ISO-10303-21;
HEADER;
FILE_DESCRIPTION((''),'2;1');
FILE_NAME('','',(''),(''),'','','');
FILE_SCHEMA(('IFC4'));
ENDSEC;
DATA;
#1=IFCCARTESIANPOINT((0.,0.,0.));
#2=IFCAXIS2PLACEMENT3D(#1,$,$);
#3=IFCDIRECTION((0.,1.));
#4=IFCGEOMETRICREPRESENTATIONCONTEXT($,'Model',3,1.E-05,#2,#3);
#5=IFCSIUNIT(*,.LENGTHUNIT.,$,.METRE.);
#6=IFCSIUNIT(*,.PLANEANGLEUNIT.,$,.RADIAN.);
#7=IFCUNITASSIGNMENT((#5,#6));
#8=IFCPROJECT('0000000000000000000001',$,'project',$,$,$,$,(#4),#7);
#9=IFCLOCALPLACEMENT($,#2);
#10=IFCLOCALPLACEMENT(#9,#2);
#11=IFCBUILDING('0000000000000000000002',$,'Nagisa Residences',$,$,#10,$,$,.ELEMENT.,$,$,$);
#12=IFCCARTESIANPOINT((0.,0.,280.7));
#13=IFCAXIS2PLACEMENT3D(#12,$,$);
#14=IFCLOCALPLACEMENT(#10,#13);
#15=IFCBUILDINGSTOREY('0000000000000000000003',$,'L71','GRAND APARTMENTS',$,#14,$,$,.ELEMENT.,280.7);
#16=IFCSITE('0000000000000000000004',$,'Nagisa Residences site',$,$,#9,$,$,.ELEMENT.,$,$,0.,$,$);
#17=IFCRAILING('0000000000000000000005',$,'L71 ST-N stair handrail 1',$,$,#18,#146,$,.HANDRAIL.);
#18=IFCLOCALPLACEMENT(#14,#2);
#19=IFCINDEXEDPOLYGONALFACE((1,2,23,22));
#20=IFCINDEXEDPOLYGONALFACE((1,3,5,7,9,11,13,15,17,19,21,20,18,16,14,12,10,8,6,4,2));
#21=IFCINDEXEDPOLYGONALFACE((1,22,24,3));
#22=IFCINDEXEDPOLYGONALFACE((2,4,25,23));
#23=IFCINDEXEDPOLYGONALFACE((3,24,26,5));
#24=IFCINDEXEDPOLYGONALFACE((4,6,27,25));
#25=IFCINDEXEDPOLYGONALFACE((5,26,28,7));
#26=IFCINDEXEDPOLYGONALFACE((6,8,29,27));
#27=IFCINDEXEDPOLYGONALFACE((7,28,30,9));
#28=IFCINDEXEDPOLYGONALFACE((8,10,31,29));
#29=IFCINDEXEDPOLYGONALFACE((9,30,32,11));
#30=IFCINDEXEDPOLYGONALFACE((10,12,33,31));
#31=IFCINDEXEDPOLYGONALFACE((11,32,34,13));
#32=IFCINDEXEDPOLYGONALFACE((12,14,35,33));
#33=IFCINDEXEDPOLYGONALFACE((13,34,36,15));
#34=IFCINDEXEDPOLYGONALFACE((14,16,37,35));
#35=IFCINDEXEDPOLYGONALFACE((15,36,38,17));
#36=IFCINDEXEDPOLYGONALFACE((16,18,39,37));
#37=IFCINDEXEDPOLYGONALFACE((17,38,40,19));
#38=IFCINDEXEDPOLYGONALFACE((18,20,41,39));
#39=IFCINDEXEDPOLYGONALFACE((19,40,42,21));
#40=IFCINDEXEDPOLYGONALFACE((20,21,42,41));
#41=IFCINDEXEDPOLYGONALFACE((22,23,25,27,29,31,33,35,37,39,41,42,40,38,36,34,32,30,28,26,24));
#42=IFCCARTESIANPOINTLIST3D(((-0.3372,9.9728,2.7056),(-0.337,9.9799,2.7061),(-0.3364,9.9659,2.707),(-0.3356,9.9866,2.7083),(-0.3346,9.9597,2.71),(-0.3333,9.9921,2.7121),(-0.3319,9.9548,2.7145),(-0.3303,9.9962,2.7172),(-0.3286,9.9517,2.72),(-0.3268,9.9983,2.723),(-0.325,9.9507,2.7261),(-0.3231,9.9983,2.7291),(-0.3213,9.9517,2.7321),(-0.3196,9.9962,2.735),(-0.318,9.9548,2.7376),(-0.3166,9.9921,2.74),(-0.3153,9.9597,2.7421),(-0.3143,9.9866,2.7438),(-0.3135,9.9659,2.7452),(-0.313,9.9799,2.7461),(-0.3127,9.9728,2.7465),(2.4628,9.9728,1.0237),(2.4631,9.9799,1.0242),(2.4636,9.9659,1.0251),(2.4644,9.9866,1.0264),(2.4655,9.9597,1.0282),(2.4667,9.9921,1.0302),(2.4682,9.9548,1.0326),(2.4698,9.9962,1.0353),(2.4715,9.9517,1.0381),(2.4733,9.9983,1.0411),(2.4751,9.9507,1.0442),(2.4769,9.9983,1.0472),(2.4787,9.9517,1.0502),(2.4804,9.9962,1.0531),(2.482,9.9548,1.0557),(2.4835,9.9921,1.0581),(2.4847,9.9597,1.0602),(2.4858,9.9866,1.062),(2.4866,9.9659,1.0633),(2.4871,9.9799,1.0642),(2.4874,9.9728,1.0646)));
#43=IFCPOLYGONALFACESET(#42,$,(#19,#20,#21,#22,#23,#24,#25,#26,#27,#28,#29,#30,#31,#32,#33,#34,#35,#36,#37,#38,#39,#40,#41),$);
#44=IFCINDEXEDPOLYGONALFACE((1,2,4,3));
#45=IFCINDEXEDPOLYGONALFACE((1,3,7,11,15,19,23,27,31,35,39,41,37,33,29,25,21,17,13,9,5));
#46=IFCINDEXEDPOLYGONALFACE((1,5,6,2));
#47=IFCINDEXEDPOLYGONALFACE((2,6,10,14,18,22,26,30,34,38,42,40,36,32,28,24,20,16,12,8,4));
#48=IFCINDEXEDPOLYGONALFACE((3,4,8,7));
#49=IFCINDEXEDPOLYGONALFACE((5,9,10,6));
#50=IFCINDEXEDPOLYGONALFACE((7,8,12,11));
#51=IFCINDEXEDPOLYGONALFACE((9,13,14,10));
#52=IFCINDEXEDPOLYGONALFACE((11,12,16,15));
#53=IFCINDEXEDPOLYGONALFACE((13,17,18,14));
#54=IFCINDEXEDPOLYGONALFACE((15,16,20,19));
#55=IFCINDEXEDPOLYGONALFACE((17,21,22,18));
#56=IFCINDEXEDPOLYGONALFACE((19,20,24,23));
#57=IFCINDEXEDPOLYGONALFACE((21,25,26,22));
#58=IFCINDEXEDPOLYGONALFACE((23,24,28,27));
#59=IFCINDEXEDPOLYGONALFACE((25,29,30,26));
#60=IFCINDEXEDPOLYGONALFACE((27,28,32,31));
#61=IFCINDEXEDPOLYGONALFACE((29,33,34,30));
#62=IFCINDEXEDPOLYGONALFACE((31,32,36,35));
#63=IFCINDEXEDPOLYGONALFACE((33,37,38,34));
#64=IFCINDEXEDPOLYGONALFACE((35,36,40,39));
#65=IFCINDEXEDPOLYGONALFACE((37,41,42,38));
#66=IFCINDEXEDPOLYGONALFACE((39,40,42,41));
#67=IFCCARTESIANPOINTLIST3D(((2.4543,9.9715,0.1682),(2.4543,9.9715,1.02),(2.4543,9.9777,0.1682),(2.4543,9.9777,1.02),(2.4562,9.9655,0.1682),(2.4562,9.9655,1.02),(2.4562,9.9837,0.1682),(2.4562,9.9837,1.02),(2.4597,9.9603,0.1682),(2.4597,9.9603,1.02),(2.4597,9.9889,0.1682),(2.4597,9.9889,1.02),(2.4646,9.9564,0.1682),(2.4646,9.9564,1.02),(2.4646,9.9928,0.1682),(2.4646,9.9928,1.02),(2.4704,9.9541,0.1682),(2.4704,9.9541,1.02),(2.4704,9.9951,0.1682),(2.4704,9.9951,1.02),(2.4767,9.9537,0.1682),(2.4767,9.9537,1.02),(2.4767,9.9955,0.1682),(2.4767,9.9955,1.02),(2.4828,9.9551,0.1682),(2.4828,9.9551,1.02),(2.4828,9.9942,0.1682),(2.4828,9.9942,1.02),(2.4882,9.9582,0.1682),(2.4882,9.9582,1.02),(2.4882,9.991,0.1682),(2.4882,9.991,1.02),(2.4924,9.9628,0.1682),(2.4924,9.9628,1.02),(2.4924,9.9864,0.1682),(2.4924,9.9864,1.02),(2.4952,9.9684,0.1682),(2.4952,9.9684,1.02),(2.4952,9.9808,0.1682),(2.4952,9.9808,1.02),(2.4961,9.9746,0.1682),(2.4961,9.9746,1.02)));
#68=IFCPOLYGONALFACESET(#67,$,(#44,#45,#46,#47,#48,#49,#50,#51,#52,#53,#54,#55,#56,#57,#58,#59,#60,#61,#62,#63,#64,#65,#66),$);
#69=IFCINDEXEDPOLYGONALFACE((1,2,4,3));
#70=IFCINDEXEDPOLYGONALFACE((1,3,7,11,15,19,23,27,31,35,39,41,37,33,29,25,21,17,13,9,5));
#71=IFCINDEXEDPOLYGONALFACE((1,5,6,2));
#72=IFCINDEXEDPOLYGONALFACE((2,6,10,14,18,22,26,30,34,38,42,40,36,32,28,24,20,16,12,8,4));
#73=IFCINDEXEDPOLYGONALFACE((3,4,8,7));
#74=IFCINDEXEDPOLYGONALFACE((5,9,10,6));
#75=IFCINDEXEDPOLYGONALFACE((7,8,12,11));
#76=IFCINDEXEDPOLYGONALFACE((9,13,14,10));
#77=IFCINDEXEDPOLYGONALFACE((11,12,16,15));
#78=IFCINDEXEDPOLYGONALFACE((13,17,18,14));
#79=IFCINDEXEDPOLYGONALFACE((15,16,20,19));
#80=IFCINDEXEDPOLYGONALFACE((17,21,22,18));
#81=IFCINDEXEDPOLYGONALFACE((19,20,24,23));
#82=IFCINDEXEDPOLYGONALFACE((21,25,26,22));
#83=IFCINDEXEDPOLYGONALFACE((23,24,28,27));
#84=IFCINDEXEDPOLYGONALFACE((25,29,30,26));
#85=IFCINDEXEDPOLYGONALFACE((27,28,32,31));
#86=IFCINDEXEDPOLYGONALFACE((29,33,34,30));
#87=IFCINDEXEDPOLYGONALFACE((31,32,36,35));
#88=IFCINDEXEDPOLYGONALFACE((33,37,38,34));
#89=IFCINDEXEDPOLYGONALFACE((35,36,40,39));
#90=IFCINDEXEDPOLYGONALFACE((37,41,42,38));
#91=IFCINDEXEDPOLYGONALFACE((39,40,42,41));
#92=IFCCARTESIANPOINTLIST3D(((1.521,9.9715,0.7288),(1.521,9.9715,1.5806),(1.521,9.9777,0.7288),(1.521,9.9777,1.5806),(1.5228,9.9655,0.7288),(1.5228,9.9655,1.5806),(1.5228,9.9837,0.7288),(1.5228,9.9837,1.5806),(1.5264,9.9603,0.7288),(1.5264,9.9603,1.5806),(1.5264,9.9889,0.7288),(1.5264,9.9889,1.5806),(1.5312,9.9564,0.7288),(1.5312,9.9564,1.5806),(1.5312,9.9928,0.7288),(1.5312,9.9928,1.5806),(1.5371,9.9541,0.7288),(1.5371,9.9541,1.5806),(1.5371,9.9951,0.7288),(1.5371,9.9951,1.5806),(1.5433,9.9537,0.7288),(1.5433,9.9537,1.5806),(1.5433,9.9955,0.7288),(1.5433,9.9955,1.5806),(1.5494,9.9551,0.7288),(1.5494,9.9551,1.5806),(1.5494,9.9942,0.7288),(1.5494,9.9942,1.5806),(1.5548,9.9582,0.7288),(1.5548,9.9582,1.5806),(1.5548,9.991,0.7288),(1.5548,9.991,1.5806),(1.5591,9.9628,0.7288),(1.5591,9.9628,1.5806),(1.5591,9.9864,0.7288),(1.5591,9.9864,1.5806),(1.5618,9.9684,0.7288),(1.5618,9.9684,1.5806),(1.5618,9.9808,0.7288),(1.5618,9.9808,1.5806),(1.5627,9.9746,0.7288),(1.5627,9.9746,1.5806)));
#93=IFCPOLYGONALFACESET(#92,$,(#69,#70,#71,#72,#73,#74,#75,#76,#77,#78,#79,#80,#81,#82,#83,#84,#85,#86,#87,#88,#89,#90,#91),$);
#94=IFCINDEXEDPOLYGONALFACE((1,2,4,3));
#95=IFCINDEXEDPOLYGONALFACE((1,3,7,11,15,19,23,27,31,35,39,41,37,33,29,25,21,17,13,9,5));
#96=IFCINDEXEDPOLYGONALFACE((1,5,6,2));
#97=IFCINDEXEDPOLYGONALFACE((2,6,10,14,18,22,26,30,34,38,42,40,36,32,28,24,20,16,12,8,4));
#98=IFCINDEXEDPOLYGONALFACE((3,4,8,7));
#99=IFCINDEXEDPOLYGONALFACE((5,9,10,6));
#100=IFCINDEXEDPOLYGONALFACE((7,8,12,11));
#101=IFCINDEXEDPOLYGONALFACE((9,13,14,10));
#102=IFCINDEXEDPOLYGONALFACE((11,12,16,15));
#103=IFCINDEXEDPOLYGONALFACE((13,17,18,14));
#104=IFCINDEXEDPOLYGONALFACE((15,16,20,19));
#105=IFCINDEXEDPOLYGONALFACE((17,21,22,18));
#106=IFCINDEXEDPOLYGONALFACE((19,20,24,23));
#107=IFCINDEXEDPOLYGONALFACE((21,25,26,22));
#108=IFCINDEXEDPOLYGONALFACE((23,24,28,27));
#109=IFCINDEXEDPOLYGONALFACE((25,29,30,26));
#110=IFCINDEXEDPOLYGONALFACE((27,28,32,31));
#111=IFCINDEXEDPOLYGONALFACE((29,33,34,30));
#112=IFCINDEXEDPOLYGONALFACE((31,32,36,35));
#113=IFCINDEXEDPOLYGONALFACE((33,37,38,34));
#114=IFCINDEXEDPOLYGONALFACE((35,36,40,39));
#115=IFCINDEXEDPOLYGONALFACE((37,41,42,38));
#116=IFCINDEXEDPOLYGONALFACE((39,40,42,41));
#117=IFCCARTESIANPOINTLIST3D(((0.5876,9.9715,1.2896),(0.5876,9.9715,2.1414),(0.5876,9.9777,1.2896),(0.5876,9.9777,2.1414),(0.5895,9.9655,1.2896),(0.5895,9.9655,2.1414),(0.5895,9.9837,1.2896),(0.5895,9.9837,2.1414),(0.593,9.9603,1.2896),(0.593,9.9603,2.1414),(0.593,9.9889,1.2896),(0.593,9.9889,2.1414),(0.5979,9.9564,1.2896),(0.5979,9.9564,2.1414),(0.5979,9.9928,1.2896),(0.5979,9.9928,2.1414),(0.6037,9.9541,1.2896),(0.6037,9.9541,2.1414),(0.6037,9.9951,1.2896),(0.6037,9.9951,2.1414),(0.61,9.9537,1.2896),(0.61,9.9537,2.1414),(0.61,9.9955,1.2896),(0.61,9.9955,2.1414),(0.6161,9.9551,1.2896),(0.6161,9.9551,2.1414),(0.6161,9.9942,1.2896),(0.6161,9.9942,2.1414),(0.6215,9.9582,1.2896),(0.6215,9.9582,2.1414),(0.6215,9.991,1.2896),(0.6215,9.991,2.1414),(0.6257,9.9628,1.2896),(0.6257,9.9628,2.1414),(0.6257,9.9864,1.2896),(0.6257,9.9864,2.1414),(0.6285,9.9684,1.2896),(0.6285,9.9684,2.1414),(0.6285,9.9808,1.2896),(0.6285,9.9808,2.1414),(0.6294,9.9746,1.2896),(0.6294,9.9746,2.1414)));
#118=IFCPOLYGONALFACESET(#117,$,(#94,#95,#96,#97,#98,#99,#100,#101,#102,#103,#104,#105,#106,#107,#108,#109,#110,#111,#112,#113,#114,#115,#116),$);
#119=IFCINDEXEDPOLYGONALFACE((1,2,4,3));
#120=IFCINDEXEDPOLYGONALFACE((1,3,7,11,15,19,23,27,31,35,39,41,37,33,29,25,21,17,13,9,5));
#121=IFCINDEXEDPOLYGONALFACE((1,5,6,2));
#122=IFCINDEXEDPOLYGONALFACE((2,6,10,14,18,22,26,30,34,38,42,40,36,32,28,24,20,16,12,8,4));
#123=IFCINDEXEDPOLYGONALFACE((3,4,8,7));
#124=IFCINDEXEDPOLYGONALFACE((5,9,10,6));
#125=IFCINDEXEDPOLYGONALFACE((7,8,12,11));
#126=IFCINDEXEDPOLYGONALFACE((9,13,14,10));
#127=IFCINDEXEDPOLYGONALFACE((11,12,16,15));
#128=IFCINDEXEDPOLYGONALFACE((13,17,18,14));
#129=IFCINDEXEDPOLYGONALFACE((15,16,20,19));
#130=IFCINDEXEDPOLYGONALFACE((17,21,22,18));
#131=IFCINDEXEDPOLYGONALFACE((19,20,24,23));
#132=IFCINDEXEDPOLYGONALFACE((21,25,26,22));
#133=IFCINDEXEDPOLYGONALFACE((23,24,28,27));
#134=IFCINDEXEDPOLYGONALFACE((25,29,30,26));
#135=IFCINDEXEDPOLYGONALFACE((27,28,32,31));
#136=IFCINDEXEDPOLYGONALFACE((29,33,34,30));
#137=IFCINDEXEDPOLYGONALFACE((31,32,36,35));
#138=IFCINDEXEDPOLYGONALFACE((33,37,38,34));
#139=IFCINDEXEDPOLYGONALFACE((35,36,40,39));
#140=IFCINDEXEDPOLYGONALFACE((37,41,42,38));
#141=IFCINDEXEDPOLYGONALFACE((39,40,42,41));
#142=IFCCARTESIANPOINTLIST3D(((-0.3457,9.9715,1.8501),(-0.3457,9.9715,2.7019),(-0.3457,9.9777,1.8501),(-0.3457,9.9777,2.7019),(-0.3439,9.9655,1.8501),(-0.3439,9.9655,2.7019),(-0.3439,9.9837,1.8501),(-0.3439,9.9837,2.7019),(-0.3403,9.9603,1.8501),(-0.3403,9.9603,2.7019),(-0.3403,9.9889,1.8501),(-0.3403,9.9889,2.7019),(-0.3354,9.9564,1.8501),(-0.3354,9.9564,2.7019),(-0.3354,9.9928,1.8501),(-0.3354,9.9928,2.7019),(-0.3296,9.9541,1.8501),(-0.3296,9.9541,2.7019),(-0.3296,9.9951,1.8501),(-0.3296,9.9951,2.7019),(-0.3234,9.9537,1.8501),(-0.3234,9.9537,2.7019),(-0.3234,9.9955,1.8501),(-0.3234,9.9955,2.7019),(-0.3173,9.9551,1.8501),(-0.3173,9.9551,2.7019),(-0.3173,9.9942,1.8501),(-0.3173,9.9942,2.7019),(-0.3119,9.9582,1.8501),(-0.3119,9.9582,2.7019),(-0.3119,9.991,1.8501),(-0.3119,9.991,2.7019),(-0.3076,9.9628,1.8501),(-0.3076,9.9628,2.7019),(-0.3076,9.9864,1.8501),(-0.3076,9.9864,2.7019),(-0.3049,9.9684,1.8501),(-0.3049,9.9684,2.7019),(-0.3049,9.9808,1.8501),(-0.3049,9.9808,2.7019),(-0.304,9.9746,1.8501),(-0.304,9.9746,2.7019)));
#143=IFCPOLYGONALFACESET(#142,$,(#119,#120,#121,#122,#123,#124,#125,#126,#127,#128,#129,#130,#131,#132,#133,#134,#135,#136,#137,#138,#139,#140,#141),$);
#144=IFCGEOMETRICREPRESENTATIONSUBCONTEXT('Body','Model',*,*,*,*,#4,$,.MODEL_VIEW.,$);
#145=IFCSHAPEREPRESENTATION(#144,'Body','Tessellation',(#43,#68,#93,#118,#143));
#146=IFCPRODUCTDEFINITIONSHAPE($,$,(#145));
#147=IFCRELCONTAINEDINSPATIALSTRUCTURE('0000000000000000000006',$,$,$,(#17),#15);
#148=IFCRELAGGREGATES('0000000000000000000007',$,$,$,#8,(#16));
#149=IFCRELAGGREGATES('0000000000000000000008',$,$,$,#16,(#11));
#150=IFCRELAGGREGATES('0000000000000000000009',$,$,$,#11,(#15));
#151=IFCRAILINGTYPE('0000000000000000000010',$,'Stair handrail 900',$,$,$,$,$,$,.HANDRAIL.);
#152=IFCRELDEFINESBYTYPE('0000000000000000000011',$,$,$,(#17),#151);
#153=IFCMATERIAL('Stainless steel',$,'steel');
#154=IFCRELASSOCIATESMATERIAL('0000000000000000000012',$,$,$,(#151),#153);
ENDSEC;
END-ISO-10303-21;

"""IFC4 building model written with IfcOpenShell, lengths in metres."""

from ifc_helpers import new_model, si_unit, direction, frame, origin, origin_2d, place, context, subcontext, project, spatial, circle, extrude, material, type_object, element, save


model = new_model("IFC4")

# Units and contexts
model_context = context("Model", 3, precision=1e-05, world=origin(), true_north=direction((0.0, 1.0)))
body_context = subcontext(model_context, "Body", "Model", "MODEL_VIEW")
ifc_project = project(units=[si_unit("LENGTHUNIT", "METRE"), si_unit("PLANEANGLEUNIT", "RADIAN")], contexts=[model_context])

# Site, building, storey
site_placement = place(None, origin())
site = spatial("IfcSite", under=ifc_project, at=site_placement, Name="Nagisa Residences site", CompositionType="ELEMENT", RefElevation=0.0)
building_placement = place(site_placement, origin())
building = spatial("IfcBuilding", under=site, at=building_placement, Name="Nagisa Residences", CompositionType="ELEMENT")
storey_placement = place(building_placement, frame((0.0, 0.0, 280.7)))
storey = spatial("IfcBuildingStorey", under=building, at=storey_placement, Name="L71", Description="GRAND APARTMENTS", CompositionType="ELEMENT", Elevation=280.7)

# Railing
ifc_material_1 = material(Name="Stainless steel", Category="steel")
railing_type_1 = type_object("IfcRailingType", Name="Stair handrail 900", PredefinedType="HANDRAIL", material=ifc_material_1)
railing_1_placement = place(storey_placement, frame((2.4751, 9.9746, 0.1682)))
element("IfcRailing", 1, at=railing_1_placement, inside=storey, type_object=railing_type_1, Name="L71 ST-N stair handrail 1", PredefinedType="HANDRAIL", context=body_context, shape_type="SweptSolid", body=[
    extrude(circle(Radius=0.0239, at=origin_2d()), frame((0.0, 0.0, 0.876), z_axis=(-0.857242, 0.0, 0.514913), x_axis=(0.0, -1.0, 0.0)), (0.0, 0.0, 1.0), 3.2664),
    extrude(circle(Radius=0.021, at=origin_2d()), origin(), (0.0, 0.0, 1.0), 0.8518),
    extrude(circle(Radius=0.021, at=origin_2d()), frame((-0.9333, 0.0, 0.5605)), (0.0, 0.0, 1.0), 0.8518),
    extrude(circle(Radius=0.021, at=origin_2d()), frame((-1.8667, 0.0, 1.1213)), (0.0, 0.0, 1.0), 0.8518),
    extrude(circle(Radius=0.021, at=origin_2d()), frame((-2.8, 0.0, 1.6819)), (0.0, 0.0, 1.0), 0.8518),
])

save(model, "model.ifc")
